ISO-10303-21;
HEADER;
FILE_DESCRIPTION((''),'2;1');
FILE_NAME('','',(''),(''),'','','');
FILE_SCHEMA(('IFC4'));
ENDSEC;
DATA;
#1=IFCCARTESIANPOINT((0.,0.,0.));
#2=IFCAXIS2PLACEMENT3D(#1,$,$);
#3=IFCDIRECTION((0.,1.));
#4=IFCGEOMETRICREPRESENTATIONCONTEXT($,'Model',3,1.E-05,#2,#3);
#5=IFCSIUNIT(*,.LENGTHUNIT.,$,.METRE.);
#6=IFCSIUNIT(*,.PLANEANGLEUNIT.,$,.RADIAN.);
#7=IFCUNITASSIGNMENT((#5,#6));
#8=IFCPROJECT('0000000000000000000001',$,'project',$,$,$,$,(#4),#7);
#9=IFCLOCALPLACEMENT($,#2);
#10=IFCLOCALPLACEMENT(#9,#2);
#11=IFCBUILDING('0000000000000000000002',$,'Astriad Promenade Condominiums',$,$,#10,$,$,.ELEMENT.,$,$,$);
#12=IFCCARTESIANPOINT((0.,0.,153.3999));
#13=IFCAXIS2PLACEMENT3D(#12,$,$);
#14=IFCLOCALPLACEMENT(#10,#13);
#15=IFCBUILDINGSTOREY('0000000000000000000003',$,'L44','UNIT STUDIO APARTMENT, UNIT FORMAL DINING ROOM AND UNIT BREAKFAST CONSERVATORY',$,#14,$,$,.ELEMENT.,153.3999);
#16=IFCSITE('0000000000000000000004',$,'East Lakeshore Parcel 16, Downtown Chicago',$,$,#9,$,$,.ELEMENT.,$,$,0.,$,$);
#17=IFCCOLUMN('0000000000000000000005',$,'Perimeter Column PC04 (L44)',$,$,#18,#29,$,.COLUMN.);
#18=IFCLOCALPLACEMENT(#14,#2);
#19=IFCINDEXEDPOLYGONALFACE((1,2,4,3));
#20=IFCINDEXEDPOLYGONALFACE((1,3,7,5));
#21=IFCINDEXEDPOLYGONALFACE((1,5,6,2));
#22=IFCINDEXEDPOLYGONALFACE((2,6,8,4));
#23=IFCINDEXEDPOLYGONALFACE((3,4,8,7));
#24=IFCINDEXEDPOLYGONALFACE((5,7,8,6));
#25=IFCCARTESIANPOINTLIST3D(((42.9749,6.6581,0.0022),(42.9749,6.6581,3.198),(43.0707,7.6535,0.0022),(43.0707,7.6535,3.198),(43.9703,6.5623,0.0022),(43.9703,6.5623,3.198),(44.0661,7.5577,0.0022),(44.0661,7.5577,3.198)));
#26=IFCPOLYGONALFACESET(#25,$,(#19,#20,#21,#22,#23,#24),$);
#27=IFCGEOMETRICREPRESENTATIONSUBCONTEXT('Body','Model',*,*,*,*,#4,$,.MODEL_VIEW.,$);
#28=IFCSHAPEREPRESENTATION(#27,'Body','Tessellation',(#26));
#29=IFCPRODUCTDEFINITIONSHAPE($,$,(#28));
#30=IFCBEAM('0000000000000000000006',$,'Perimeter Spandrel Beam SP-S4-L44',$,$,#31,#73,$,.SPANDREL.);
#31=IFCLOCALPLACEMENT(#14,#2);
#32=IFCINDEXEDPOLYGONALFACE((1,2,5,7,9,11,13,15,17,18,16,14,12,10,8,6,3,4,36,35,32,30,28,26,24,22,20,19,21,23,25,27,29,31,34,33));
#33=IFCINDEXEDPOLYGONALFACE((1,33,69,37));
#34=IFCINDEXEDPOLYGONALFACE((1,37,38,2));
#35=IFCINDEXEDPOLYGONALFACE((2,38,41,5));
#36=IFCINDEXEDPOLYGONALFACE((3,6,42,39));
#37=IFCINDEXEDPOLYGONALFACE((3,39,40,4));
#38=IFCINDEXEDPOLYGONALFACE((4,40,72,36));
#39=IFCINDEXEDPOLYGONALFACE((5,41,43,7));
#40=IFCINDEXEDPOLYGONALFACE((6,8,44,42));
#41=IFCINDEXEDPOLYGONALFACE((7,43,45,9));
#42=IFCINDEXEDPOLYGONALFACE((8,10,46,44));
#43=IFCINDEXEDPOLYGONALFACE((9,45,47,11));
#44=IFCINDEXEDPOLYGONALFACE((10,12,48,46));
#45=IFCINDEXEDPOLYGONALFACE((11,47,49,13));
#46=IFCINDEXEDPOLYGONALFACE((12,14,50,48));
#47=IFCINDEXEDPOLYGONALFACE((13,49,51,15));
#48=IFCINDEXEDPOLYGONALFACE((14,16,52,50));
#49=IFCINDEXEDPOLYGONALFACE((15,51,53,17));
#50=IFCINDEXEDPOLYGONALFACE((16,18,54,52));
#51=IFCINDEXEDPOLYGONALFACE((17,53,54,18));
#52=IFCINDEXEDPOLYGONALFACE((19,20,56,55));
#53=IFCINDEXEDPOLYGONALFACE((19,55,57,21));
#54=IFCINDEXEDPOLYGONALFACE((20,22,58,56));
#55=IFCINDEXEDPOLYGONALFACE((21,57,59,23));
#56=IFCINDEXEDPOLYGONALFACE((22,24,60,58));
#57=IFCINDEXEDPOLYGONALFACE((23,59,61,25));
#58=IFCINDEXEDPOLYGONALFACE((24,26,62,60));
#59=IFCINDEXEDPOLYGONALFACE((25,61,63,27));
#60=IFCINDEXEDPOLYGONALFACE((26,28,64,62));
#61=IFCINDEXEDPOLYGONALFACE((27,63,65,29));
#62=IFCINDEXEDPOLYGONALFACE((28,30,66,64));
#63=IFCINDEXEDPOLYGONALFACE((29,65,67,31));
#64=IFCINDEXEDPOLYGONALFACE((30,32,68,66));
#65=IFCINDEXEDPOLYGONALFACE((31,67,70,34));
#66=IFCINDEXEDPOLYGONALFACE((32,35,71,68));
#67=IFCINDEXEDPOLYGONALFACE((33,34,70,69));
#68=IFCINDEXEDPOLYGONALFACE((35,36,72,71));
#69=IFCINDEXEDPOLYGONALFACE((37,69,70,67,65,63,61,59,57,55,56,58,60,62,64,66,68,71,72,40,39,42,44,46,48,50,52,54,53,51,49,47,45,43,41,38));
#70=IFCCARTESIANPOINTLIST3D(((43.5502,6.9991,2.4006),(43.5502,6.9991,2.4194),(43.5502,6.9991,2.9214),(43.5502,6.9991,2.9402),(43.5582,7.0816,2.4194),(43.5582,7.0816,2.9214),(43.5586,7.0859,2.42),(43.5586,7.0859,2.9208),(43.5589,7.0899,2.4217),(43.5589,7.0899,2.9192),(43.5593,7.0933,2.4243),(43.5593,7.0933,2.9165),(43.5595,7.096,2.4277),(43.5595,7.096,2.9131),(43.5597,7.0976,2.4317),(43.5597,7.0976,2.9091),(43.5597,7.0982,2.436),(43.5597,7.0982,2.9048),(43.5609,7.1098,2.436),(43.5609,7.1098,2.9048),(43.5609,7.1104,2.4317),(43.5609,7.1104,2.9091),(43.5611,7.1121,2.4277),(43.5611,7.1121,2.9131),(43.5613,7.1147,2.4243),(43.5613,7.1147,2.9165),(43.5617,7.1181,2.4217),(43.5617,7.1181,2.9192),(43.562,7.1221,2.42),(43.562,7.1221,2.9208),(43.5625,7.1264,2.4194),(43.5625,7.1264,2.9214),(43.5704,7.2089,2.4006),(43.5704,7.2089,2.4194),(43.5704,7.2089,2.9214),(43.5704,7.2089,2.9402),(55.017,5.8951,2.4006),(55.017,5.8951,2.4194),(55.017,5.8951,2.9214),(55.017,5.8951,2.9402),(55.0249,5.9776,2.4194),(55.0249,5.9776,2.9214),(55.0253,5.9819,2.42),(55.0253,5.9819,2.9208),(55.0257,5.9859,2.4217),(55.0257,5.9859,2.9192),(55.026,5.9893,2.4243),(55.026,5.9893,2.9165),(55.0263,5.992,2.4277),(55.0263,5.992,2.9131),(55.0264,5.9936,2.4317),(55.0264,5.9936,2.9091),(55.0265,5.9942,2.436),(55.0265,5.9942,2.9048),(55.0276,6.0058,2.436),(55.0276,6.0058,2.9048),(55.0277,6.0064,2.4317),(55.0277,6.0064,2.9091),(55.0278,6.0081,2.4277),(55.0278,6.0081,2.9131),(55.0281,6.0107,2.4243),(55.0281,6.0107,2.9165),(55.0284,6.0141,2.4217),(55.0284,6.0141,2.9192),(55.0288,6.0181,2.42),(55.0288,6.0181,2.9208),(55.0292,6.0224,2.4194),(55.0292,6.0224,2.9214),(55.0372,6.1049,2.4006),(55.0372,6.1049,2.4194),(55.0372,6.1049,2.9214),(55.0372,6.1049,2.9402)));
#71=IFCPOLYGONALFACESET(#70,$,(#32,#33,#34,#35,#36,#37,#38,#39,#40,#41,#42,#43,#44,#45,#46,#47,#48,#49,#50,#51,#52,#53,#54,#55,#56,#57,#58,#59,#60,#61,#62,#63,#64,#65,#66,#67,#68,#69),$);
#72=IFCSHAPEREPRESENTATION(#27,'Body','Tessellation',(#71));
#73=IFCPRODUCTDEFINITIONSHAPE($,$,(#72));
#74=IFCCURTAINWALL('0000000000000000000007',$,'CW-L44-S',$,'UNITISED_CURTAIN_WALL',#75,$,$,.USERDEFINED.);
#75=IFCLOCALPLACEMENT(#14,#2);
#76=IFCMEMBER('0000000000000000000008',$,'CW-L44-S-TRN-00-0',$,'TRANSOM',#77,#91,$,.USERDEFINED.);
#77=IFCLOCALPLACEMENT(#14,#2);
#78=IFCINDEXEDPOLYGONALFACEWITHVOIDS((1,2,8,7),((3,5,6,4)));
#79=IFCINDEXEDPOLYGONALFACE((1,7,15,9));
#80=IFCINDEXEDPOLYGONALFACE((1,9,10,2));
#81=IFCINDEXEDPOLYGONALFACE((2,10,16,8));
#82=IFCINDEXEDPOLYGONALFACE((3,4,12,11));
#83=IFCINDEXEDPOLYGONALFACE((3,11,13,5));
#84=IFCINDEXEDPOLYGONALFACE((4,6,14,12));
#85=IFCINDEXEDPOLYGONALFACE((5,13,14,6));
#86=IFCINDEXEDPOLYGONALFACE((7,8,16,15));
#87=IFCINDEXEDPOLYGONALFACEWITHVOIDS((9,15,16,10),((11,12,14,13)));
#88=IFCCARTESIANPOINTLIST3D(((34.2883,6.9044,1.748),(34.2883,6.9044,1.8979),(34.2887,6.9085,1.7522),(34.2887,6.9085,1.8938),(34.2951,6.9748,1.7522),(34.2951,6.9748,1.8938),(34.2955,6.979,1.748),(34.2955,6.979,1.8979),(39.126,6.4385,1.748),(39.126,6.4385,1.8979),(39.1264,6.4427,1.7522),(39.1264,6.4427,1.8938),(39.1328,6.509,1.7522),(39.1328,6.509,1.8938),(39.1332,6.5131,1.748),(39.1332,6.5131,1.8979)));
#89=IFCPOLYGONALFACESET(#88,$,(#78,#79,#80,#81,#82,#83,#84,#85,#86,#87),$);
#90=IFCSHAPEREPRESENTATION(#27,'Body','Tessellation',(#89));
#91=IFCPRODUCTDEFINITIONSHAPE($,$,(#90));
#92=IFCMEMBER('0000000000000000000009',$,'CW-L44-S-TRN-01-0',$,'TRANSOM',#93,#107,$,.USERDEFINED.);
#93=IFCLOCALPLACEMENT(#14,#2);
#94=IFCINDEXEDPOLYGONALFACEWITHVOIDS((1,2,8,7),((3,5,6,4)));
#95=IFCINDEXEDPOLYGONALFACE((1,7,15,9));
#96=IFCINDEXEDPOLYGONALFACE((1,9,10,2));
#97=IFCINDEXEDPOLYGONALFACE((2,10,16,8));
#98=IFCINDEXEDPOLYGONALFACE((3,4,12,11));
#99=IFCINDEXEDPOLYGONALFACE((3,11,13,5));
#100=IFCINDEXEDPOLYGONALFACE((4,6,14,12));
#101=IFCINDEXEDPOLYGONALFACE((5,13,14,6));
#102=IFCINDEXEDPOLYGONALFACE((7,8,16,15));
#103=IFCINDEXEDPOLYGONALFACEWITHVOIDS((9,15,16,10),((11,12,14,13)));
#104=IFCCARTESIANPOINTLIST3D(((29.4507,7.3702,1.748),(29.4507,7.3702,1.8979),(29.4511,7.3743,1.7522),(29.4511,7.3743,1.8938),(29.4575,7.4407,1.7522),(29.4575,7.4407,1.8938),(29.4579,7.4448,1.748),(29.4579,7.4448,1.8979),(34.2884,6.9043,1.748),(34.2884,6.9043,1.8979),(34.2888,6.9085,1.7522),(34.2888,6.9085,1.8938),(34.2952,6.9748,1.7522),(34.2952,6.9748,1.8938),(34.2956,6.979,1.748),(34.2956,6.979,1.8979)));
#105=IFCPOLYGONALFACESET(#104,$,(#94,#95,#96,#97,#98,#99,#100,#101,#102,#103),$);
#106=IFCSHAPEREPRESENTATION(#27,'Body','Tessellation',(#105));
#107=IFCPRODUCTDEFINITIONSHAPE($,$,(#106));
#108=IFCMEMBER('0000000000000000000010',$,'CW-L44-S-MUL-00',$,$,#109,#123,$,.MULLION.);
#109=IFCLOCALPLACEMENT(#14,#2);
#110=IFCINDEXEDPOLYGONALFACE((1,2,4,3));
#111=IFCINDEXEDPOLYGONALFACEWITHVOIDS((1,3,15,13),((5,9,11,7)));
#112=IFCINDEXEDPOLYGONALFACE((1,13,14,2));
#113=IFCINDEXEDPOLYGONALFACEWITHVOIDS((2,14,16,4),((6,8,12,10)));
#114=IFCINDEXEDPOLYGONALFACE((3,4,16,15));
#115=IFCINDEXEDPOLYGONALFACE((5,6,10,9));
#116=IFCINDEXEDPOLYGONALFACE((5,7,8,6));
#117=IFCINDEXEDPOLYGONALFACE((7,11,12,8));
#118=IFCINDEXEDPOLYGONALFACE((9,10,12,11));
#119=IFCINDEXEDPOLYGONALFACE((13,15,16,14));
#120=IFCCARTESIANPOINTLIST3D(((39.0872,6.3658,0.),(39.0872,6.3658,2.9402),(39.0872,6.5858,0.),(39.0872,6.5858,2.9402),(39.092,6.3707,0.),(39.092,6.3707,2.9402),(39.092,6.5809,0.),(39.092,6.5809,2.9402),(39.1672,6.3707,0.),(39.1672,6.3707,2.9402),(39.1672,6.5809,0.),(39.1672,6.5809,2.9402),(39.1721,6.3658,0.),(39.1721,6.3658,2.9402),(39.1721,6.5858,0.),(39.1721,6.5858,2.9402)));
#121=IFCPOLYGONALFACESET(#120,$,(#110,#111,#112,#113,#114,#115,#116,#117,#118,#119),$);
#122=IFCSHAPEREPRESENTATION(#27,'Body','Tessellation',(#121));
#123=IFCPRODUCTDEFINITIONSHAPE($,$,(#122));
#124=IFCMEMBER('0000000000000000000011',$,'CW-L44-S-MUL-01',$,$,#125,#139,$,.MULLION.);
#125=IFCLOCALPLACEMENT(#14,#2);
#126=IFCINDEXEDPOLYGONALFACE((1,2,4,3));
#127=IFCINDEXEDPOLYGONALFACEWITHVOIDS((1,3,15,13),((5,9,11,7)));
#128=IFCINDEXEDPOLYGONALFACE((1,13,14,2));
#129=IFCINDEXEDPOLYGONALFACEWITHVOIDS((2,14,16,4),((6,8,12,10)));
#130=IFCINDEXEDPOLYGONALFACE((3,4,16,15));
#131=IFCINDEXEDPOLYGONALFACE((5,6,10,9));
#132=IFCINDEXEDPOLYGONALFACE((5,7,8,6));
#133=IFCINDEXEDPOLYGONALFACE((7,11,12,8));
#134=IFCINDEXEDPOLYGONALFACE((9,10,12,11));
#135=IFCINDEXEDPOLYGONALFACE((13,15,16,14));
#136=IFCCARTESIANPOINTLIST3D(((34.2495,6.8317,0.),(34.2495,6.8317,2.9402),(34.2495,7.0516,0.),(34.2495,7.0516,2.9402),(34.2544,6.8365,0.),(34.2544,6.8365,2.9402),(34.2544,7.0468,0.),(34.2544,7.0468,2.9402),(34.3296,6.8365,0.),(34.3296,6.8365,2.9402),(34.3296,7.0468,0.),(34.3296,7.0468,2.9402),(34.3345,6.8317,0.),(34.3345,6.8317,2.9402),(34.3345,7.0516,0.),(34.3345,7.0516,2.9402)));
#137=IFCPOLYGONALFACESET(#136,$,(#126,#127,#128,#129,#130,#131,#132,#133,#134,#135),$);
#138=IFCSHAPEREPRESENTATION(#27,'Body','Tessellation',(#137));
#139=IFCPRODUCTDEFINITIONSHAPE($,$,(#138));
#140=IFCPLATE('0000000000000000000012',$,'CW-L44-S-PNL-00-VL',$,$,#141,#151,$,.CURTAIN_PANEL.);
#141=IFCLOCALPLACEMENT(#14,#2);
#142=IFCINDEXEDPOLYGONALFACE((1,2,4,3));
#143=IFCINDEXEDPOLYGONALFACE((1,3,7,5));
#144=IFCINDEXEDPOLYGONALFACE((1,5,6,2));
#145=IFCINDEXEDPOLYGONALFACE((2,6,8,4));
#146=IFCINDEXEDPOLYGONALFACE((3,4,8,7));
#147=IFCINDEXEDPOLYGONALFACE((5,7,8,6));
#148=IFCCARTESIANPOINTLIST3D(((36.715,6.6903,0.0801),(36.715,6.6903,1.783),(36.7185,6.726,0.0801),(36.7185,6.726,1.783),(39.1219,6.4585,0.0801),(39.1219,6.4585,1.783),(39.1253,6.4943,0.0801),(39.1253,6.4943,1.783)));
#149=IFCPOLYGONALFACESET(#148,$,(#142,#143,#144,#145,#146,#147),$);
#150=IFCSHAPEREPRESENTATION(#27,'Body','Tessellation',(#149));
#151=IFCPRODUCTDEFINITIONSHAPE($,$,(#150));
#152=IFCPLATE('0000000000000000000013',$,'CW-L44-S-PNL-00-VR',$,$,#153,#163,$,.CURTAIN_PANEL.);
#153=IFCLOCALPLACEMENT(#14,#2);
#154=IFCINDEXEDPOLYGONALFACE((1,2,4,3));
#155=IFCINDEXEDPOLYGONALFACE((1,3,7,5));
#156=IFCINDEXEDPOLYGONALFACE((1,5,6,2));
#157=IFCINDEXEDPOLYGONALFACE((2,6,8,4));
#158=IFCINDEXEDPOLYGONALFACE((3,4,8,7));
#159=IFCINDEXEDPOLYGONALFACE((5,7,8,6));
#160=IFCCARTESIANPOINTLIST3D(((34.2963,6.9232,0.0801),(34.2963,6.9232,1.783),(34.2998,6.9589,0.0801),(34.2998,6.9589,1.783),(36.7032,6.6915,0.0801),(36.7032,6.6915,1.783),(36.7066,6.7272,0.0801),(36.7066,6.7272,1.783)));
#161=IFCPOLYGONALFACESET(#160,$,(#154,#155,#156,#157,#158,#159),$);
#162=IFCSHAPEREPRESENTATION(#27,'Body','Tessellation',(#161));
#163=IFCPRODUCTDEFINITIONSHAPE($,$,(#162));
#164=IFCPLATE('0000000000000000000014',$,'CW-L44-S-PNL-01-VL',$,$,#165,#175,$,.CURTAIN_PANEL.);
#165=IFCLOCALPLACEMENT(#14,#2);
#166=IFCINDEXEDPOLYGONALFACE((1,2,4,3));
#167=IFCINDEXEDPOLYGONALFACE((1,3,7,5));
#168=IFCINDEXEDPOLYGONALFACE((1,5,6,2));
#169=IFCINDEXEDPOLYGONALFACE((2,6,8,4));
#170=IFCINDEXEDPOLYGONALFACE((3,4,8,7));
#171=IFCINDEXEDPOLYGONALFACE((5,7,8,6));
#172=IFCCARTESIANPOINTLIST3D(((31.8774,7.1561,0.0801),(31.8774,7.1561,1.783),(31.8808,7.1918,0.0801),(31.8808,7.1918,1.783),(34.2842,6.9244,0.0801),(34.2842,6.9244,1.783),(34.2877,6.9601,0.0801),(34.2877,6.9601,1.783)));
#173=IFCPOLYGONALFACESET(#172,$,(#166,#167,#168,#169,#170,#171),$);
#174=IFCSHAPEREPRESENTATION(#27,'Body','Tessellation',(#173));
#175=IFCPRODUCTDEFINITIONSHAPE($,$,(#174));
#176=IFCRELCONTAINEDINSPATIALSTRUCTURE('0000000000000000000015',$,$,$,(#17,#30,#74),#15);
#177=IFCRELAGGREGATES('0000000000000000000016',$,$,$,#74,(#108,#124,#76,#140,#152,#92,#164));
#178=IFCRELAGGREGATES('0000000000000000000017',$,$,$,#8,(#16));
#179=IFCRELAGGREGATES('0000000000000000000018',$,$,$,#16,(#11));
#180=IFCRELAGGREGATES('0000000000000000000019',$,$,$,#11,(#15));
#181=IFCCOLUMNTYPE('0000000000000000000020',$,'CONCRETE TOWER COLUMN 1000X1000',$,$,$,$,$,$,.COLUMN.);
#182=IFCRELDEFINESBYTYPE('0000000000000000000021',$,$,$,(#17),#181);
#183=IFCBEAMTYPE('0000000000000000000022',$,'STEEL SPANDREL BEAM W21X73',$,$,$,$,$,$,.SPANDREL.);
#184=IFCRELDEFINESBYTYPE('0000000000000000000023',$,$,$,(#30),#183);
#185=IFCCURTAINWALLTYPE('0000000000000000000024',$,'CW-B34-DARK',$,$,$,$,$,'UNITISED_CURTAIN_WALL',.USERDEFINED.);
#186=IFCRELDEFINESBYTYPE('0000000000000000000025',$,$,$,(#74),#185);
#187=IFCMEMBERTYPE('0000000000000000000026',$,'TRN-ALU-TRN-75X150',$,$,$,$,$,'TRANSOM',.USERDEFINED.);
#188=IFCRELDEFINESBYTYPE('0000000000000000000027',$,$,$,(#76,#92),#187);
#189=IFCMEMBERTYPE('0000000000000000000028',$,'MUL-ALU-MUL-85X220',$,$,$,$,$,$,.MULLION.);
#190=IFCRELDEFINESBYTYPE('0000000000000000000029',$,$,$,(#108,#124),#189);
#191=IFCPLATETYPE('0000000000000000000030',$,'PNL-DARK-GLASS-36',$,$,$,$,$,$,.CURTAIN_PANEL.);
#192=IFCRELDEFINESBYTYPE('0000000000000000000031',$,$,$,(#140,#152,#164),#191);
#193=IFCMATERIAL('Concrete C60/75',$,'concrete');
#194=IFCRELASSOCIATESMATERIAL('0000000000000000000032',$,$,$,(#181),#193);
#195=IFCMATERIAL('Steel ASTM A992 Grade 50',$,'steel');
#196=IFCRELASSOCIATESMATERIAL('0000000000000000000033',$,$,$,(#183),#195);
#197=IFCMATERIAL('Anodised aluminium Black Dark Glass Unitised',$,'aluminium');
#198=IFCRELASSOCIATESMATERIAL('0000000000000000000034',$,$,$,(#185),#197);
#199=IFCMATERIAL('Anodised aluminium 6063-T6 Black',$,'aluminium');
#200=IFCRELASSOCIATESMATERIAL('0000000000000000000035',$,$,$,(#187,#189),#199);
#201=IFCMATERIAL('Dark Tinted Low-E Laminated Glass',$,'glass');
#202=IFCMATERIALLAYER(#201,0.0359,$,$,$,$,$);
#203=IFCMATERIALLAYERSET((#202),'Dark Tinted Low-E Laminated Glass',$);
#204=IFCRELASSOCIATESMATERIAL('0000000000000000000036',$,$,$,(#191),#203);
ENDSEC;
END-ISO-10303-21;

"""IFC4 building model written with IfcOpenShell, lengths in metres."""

from ifc_helpers import new_model, si_unit, direction, frame, origin, origin_2d, place, context, subcontext, project, spatial, rectangle, hollow_rectangle, i_section, extrude, source, transform, mapped, material, layer, layer_set, material_profile, profile_set, type_object, type_shapes, element, aggregate, save


model = new_model("IFC4")

# Units and contexts
model_context = context("Model", 3, precision=1e-05, world=origin(), true_north=direction((0.0, 1.0)))
body_context = subcontext(model_context, "Body", "Model", "MODEL_VIEW")
ifc_project = project(units=[si_unit("LENGTHUNIT", "METRE"), si_unit("PLANEANGLEUNIT", "RADIAN")], contexts=[model_context])

# Site, building, storey
site_placement = place(None, origin())
site = spatial("IfcSite", under=ifc_project, at=site_placement, Name="East Lakeshore Parcel 16, Downtown Chicago", CompositionType="ELEMENT", RefElevation=0.0)
building_placement = place(site_placement, origin())
building = spatial("IfcBuilding", under=site, at=building_placement, Name="Astriad Promenade Condominiums", CompositionType="ELEMENT")
storey_placement = place(building_placement, frame((0.0, 0.0, 153.3999)))
storey = spatial("IfcBuildingStorey", under=building, at=storey_placement, Name="L44", Description="UNIT STUDIO APARTMENT, UNIT FORMAL DINING ROOM AND UNIT BREAKFAST CONSERVATORY", CompositionType="ELEMENT", Elevation=153.3999)

# Column
ifc_material_1 = material(Name="Concrete C60/75", Category="concrete")
ifc_material_profile_1 = material_profile(ifc_material_1, rectangle(XDim=1.0, YDim=1.0, at=origin_2d()), Name="RC-COL-1000X1000")
ifc_profile_set_1 = profile_set([ifc_material_profile_1], Name="Concrete C60/75")
column_type = type_object("IfcColumnType", Name="CONCRETE TOWER COLUMN 1000X1000", PredefinedType="COLUMN", material=ifc_profile_set_1)
shared_shape_1 = source(origin(), body_context, "Body", "SweptSolid", [
    extrude(rectangle(XDim=1.0, YDim=1.0, at=origin_2d()), origin(), (0.0, 0.0, 1.0), 3.1958),
])
type_shapes(column_type, [shared_shape_1])
column_placement = place(storey_placement, frame((43.5205, 7.1079, 0.0022), z_axis=(0.0, 0.0, 1.0), x_axis=(0.995396, -0.095846, 0.0)))
element("IfcColumn", 1, at=column_placement, inside=storey, type_object=column_type, Name="Perimeter Column PC04 (L44)", PredefinedType="COLUMN", context=body_context, shape_type="MappedRepresentation", body=[
    mapped(shared_shape_1, transform((0.0, 0.0, 0.0), scale=1.0)),
])

# Beam
ifc_material_2 = material(Name="Steel ASTM A992 Grade 50", Category="steel")
ifc_material_profile_2 = material_profile(ifc_material_2, i_section(OverallWidth=0.2107, OverallDepth=0.5396, WebThickness=0.0117, FlangeThickness=0.0188, FilletRadius=0.0166, at=origin_2d()), Name="W21X73")
ifc_profile_set_2 = profile_set([ifc_material_profile_2], Name="Steel ASTM A992 Grade 50")
beam_type = type_object("IfcBeamType", Name="STEEL SPANDREL BEAM W21X73", PredefinedType="SPANDREL", material=ifc_profile_set_2)
shared_shape_2 = source(origin(), body_context, "Body", "SweptSolid", [
    extrude(i_section(OverallWidth=0.2107, OverallDepth=0.5396, WebThickness=0.0117, FlangeThickness=0.0188, FilletRadius=0.0166, at=origin_2d()), origin(), (0.0, 0.0, 1.0), 11.5198),
])
type_shapes(beam_type, [shared_shape_2])
beam_placement = place(storey_placement, frame((43.5603, 7.104, 2.6704), z_axis=(0.995397, -0.095835, 0.0), x_axis=(0.095835, 0.995397, 0.0)))
element("IfcBeam", 2, at=beam_placement, inside=storey, type_object=beam_type, Name="Perimeter Spandrel Beam SP-S4-L44", PredefinedType="SPANDREL", context=body_context, shape_type="MappedRepresentation", body=[
    mapped(shared_shape_2, transform((0.0, 0.0, 0.0), scale=1.0)),
])

# Curtain wall, members, plates
ifc_material_3 = material(Name="Anodised aluminium Black Dark Glass Unitised", Category="aluminium")
curtain_wall_type = type_object("IfcCurtainWallType", Name="CW-B34-DARK", ElementType="UNITISED_CURTAIN_WALL", PredefinedType="USERDEFINED", material=ifc_material_3)
curtain_wall_placement = place(storey_placement, origin())
curtain_wall = element("IfcCurtainWall", 3, at=curtain_wall_placement, inside=storey, type_object=curtain_wall_type, Name="CW-L44-S", ObjectType="UNITISED_CURTAIN_WALL", PredefinedType="USERDEFINED")
ifc_material_4 = material(Name="Anodised aluminium 6063-T6 Black", Category="aluminium")
ifc_material_profile_3 = material_profile(ifc_material_4, hollow_rectangle(XDim=0.075, YDim=0.1499, WallThickness=0.0042, at=origin_2d()), Name="ALU-TRN-75X150")
ifc_profile_set_3 = profile_set([ifc_material_profile_3], Name="Anodised aluminium 6063-T6 Black")
member_type_1 = type_object("IfcMemberType", Name="TRN-ALU-TRN-75X150", ElementType="TRANSOM", PredefinedType="USERDEFINED", material=ifc_profile_set_3)
shared_shape_3 = source(origin(), body_context, "Body", "SweptSolid", [
    extrude(hollow_rectangle(XDim=0.075, YDim=0.1499, WallThickness=0.0042, at=origin_2d()), origin(), (0.0, 0.0, 1.0), 4.8601),
])
type_shapes(member_type_1, [shared_shape_3])
member_1_placement = place(storey_placement, frame((39.1296, 6.4758, 1.823), z_axis=(-0.995396, 0.095847, 0.0), x_axis=(-0.095847, -0.995396, 0.0)))
member_1 = element("IfcMember", 4, at=member_1_placement, type_object=member_type_1, Name="CW-L44-S-TRN-00-0", ObjectType="TRANSOM", PredefinedType="USERDEFINED", context=body_context, shape_type="MappedRepresentation", body=[
    mapped(shared_shape_3, transform((0.0, 0.0, 0.0), scale=1.0)),
])
member_2_placement = place(storey_placement, frame((34.292, 6.9417, 1.823), z_axis=(-0.995396, 0.095847, 0.0), x_axis=(-0.095847, -0.995396, 0.0)))
member_2 = element("IfcMember", 5, at=member_2_placement, type_object=member_type_1, Name="CW-L44-S-TRN-01-0", ObjectType="TRANSOM", PredefinedType="USERDEFINED", context=body_context, shape_type="MappedRepresentation", body=[
    mapped(shared_shape_3, transform((0.0, 0.0, 0.0), scale=1.0)),
])
ifc_material_profile_4 = material_profile(ifc_material_4, hollow_rectangle(XDim=0.085, YDim=0.22, WallThickness=0.0049, at=origin_2d()), Name="ALU-MUL-85X220")
ifc_profile_set_4 = profile_set([ifc_material_profile_4], Name="Anodised aluminium 6063-T6 Black")
member_type_2 = type_object("IfcMemberType", Name="MUL-ALU-MUL-85X220", PredefinedType="MULLION", material=ifc_profile_set_4)
shared_shape_4 = source(origin(), body_context, "Body", "SweptSolid", [
    extrude(hollow_rectangle(XDim=0.085, YDim=0.22, WallThickness=0.0049, at=origin_2d()), origin(), (0.0, 0.0, 1.0), 2.9402),
])
type_shapes(member_type_2, [shared_shape_4])
member_3_placement = place(storey_placement, frame((39.1296, 6.4758, 0.0), z_axis=(0.0, 0.0, 1.0), x_axis=(1.0, 0.0, 0.0)))
member_3 = element("IfcMember", 6, at=member_3_placement, type_object=member_type_2, Name="CW-L44-S-MUL-00", PredefinedType="MULLION", context=body_context, shape_type="MappedRepresentation", body=[
    mapped(shared_shape_4, transform((0.0, 0.0, 0.0), scale=1.0)),
])
member_4_placement = place(storey_placement, frame((34.292, 6.9417, 0.0), z_axis=(0.0, 0.0, 1.0), x_axis=(1.0, 0.0, 0.0)))
member_4 = element("IfcMember", 7, at=member_4_placement, type_object=member_type_2, Name="CW-L44-S-MUL-01", PredefinedType="MULLION", context=body_context, shape_type="MappedRepresentation", body=[
    mapped(shared_shape_4, transform((0.0, 0.0, 0.0), scale=1.0)),
])
ifc_material_5 = material(Name="Dark Tinted Low-E Laminated Glass", Category="glass")
ifc_layer_1 = layer(ifc_material_5, 0.0359)
ifc_layer_set_1 = layer_set([ifc_layer_1], Name="Dark Tinted Low-E Laminated Glass")
plate_type = type_object("IfcPlateType", Name="PNL-DARK-GLASS-36", PredefinedType="CURTAIN_PANEL", material=ifc_layer_set_1)
shared_shape_5 = source(origin(), body_context, "Body", "SweptSolid", [
    extrude(rectangle(XDim=2.418, YDim=0.0359, at=origin_2d()), origin(), (0.0, 0.0, 1.0), 1.7029),
])
plate_1_placement = place(storey_placement, frame((37.9202, 6.5923, 0.0801), z_axis=(0.0, 0.0, 1.0), x_axis=(-0.995396, 0.095846, 0.0)))
plate_1 = element("IfcPlate", 8, at=plate_1_placement, type_object=plate_type, Name="CW-L44-S-PNL-00-VL", PredefinedType="CURTAIN_PANEL", context=body_context, shape_type="MappedRepresentation", body=[
    mapped(shared_shape_5, transform((0.0, 0.0, 0.0), scale=1.0)),
])
plate_2_placement = place(storey_placement, frame((35.5015, 6.8252, 0.0801), z_axis=(0.0, 0.0, 1.0), x_axis=(-0.995396, 0.095846, 0.0)))
plate_2 = element("IfcPlate", 9, at=plate_2_placement, type_object=plate_type, Name="CW-L44-S-PNL-00-VR", PredefinedType="CURTAIN_PANEL", context=body_context, shape_type="MappedRepresentation", body=[
    mapped(shared_shape_5, transform((0.0, 0.0, 0.0), scale=1.0)),
])
plate_3_placement = place(storey_placement, frame((33.0825, 7.0581, 0.0801), z_axis=(0.0, 0.0, 1.0), x_axis=(-0.995396, 0.095846, 0.0)))
plate_3 = element("IfcPlate", 10, at=plate_3_placement, type_object=plate_type, Name="CW-L44-S-PNL-01-VL", PredefinedType="CURTAIN_PANEL", context=body_context, shape_type="MappedRepresentation", body=[
    mapped(shared_shape_5, transform((0.0, 0.0, 0.0), scale=1.0)),
])
aggregate(curtain_wall, [member_3, member_4, member_1, plate_1, plate_2, member_2, plate_3])

save(model, "model.ifc")
